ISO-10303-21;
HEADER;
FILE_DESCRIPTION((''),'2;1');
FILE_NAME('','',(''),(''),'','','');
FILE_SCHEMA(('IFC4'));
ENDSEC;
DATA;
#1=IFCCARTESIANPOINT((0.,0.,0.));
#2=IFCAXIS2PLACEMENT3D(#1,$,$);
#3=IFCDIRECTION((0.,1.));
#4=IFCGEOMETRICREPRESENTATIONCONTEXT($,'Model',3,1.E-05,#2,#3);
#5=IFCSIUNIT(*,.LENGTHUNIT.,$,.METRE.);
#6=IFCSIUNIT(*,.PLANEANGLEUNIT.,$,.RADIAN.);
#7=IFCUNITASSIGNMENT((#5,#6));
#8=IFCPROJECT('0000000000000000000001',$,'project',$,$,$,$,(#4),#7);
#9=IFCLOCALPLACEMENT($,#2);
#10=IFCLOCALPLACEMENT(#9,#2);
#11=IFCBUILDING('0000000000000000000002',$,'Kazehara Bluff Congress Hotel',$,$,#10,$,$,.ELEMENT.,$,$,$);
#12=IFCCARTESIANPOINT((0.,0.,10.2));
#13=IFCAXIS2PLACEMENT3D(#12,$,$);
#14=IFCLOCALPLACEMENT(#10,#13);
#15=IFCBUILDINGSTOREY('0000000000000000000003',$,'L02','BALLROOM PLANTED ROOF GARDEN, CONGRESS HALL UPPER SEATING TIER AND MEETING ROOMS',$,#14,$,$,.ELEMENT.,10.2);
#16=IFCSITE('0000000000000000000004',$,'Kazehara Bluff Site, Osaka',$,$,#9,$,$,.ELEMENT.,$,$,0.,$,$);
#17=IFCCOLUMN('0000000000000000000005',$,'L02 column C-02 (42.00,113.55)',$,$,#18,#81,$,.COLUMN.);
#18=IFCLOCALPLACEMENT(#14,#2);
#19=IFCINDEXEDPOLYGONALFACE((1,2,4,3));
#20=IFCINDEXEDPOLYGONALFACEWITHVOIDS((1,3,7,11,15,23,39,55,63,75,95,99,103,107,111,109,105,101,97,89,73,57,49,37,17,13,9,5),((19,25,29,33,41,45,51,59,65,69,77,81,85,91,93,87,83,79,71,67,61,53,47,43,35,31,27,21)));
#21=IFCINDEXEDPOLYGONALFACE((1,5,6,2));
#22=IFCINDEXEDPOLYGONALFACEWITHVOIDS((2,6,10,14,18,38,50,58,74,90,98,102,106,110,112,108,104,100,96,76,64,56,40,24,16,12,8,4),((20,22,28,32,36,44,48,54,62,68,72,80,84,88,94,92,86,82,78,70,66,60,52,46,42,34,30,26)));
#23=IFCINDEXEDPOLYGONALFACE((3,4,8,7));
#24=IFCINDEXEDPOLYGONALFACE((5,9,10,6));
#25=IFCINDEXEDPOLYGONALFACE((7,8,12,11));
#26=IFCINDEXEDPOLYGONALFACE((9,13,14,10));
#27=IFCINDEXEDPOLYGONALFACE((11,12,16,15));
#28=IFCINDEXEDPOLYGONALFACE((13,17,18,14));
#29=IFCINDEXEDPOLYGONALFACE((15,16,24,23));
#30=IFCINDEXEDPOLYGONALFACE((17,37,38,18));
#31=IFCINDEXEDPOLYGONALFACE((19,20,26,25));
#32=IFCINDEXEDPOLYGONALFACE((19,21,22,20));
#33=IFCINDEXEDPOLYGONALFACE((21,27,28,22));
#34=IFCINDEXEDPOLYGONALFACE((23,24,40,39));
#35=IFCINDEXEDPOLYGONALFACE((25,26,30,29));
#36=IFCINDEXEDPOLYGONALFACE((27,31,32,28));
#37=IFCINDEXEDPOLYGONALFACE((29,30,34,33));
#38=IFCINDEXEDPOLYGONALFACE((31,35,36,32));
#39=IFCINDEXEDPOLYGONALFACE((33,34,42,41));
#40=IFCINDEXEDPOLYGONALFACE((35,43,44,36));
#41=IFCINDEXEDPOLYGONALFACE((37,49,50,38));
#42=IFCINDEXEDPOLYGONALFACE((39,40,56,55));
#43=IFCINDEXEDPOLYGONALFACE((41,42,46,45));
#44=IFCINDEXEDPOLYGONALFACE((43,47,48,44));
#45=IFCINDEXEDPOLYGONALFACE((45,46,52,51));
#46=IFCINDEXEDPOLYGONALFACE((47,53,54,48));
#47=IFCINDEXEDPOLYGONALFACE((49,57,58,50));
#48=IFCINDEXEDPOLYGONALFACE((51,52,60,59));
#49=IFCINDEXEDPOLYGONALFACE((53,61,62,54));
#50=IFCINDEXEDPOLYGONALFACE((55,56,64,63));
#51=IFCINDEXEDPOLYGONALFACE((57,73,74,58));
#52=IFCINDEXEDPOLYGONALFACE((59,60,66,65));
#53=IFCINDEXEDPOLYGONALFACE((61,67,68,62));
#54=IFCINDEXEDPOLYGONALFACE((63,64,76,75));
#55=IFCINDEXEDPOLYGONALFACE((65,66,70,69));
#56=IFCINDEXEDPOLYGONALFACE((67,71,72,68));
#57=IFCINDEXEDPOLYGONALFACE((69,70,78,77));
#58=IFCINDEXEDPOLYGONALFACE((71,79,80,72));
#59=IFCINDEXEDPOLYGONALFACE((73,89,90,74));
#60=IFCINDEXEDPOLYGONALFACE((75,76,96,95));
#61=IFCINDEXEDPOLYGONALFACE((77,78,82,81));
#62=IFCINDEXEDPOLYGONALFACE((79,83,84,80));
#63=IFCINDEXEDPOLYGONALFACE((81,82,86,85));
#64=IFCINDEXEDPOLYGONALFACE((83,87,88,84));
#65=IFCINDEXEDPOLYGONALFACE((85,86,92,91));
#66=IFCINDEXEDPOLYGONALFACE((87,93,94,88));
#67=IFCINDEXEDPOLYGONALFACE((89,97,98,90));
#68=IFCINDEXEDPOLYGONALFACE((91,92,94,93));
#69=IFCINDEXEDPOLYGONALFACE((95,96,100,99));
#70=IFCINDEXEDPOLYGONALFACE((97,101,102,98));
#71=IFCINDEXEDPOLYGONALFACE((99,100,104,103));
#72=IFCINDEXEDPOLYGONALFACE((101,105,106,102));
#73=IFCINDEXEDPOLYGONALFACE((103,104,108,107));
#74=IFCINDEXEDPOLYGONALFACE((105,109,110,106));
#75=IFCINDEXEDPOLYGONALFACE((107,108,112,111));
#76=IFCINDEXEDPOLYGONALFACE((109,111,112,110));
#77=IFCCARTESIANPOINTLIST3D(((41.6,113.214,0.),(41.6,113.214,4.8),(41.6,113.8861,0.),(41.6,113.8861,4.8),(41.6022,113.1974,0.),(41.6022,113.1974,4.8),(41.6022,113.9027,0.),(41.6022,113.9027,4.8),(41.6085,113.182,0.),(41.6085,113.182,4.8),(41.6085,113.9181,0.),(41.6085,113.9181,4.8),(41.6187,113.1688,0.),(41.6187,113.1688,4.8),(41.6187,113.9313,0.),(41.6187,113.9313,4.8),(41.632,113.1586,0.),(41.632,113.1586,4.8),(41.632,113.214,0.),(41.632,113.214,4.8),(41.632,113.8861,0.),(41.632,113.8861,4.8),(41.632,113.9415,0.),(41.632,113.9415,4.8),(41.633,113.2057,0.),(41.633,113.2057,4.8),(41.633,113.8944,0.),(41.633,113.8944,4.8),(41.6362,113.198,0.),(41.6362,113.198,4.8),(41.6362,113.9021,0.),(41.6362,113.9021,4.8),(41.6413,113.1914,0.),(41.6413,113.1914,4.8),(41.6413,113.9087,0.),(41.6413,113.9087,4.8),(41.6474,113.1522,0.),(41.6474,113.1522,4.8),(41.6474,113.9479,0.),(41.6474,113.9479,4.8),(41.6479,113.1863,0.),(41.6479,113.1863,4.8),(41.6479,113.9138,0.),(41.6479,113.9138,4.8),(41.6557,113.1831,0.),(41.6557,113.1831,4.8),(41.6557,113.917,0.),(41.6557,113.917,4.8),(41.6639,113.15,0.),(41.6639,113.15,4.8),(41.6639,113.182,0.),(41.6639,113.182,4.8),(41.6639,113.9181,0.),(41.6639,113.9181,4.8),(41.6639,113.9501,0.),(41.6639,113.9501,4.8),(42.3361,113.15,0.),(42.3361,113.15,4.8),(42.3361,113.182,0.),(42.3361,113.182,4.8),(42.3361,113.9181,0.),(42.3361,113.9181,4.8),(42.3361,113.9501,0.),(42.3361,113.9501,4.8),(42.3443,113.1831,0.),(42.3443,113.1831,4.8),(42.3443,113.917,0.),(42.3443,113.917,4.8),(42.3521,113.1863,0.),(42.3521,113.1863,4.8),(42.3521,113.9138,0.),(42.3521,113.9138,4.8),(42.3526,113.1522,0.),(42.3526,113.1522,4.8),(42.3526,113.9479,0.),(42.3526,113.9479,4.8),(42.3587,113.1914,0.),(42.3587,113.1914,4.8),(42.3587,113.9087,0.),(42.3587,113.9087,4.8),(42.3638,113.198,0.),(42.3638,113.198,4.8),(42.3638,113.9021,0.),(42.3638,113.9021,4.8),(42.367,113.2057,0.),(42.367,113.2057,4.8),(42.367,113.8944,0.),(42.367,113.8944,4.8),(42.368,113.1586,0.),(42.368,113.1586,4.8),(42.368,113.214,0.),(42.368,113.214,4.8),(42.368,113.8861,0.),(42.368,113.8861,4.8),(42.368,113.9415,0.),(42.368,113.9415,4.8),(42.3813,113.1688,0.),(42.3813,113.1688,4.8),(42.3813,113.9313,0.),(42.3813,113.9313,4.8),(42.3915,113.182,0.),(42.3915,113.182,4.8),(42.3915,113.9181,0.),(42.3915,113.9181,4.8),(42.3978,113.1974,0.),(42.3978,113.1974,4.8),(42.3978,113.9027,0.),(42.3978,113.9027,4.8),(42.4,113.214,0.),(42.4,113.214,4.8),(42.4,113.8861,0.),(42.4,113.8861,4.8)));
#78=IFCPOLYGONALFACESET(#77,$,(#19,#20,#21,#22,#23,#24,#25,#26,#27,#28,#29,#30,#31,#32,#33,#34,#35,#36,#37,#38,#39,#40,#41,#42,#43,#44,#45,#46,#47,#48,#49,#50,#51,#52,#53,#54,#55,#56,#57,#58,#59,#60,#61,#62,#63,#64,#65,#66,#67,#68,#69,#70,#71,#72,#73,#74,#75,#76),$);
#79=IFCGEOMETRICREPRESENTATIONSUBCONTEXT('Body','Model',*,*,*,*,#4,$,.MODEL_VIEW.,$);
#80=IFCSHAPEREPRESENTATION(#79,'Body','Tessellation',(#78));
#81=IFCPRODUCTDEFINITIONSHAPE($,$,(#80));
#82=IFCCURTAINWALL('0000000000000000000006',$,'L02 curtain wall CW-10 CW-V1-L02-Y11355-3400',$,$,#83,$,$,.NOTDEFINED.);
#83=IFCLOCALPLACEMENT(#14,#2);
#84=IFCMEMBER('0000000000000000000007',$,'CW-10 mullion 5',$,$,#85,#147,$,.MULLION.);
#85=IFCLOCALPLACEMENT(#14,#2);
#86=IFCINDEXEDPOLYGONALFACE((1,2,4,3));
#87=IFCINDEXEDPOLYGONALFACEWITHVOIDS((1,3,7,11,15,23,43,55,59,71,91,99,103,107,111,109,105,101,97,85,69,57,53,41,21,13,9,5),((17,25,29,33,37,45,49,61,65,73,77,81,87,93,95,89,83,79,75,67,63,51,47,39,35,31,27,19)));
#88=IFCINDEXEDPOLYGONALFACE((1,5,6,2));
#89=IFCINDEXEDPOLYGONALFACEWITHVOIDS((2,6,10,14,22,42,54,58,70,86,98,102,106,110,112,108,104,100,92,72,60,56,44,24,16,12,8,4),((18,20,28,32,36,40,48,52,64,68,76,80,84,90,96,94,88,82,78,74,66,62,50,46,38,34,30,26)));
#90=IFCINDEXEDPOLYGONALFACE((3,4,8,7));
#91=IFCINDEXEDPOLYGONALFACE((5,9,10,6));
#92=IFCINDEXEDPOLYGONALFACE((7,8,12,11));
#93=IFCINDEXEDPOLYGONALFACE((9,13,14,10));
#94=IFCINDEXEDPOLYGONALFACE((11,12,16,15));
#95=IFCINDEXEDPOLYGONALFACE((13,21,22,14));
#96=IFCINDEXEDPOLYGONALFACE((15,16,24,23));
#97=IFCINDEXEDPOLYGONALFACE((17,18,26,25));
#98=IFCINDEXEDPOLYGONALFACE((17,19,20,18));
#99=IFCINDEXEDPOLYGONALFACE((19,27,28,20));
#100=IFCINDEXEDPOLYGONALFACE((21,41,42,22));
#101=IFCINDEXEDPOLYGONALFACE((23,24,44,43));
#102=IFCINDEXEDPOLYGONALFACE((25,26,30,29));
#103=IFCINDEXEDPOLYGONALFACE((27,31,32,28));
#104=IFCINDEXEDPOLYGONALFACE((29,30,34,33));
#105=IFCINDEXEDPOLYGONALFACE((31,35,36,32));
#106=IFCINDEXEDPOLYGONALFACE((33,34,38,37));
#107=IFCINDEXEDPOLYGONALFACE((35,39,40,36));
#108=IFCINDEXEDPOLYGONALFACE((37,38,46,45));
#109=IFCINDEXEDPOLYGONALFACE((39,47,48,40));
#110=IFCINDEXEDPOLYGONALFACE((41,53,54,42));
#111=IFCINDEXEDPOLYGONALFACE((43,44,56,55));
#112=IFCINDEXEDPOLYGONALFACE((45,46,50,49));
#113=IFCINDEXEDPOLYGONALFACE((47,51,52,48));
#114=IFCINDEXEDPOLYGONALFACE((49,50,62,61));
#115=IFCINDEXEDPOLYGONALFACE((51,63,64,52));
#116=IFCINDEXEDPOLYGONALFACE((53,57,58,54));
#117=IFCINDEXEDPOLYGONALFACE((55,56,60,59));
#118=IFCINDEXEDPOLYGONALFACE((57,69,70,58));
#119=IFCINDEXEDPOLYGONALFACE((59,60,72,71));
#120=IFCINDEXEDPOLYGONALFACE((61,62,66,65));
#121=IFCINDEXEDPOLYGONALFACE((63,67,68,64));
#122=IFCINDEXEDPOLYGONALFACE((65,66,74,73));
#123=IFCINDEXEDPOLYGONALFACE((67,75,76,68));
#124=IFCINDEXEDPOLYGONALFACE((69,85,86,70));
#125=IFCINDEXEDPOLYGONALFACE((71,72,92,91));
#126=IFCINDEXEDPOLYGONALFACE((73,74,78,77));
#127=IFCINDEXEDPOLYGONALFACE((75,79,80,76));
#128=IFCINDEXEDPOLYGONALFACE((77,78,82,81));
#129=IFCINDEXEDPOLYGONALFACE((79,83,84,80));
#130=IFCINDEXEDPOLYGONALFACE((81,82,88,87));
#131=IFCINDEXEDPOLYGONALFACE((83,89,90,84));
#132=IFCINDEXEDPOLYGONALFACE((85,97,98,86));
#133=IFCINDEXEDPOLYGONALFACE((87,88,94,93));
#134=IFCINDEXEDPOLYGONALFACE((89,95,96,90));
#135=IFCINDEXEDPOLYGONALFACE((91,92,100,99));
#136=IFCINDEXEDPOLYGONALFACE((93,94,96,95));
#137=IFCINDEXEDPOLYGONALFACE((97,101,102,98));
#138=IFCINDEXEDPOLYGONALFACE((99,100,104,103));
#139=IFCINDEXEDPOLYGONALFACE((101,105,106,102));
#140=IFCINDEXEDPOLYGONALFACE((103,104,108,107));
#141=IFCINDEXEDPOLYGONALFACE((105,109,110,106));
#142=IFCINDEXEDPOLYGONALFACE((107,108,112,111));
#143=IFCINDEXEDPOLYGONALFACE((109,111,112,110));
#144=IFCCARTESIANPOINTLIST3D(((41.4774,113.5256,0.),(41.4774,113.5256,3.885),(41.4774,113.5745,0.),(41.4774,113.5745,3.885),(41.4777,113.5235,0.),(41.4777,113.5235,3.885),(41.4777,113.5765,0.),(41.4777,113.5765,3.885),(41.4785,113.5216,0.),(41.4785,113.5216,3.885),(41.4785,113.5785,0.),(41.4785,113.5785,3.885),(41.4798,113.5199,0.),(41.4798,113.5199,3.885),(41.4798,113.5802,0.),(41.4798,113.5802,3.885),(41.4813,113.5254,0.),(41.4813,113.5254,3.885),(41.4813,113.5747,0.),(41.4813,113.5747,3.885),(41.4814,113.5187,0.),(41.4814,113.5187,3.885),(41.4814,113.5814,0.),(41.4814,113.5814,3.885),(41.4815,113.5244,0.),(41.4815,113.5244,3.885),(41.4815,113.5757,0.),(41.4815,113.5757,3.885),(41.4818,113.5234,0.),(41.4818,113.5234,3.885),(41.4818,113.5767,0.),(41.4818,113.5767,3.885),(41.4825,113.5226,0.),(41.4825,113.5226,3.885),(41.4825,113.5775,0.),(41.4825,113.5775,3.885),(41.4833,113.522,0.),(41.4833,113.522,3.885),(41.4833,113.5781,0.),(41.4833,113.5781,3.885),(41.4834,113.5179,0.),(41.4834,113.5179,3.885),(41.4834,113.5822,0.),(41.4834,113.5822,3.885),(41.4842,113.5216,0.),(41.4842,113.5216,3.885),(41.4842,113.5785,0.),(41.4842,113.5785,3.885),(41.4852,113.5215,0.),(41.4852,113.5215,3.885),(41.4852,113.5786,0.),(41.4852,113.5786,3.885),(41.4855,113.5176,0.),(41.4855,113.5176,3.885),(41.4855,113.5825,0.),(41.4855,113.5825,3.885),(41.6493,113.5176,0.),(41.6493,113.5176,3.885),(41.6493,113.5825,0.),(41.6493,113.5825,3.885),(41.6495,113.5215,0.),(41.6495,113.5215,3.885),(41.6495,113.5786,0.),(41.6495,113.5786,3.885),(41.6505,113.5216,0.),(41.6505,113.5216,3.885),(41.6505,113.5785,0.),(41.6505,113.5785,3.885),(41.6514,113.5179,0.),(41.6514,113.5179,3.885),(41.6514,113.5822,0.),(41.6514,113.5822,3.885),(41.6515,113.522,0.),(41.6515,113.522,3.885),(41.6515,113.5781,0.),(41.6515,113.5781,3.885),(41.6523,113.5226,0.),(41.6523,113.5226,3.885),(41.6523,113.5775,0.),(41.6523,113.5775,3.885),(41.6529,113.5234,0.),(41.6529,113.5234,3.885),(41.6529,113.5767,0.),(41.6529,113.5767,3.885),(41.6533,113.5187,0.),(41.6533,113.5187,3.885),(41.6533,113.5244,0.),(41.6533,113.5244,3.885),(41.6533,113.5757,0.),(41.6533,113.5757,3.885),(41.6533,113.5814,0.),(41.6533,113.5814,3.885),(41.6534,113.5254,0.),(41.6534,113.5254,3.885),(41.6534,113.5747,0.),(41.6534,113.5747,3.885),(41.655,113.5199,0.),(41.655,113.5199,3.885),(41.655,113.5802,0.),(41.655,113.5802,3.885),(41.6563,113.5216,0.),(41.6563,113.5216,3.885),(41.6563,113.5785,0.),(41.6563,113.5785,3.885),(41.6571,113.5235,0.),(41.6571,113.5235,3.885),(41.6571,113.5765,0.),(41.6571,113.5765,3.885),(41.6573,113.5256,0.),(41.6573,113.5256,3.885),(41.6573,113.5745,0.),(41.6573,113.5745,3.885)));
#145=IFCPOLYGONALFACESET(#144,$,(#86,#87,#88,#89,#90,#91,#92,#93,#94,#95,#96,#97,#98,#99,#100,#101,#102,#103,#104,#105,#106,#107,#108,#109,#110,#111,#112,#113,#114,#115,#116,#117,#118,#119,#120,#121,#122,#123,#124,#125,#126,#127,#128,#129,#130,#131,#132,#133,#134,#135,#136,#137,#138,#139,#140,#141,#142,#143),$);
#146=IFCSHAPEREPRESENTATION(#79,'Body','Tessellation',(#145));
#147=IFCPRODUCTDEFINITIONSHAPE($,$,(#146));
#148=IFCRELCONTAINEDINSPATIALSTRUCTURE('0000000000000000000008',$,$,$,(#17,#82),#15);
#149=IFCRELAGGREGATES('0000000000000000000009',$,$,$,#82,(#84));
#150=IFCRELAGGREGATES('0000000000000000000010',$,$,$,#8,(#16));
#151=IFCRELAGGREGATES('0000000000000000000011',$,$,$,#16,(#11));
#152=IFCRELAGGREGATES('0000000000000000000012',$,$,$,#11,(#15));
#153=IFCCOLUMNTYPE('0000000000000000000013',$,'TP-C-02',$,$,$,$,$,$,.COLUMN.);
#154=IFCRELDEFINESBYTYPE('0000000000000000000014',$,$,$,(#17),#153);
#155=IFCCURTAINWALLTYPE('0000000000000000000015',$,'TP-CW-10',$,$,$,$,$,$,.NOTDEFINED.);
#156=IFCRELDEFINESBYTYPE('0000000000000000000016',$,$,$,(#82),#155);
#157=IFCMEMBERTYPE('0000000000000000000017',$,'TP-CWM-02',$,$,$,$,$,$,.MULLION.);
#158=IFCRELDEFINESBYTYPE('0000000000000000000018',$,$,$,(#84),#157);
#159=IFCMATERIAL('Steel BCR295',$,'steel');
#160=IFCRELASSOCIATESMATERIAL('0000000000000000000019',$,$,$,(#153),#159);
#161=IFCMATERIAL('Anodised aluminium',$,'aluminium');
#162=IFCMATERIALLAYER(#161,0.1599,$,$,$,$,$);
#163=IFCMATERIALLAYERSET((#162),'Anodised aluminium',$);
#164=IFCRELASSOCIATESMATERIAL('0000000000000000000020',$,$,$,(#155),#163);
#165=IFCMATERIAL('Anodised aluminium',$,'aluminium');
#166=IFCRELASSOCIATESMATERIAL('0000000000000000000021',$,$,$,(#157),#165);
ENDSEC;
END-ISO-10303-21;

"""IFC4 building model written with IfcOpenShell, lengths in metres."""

from ifc_helpers import new_model, si_unit, direction, frame, origin, origin_2d, place, context, subcontext, project, spatial, hollow_rectangle, extrude, material, layer, layer_set, material_profile, profile_set, type_object, element, aggregate, save


model = new_model("IFC4")

# Units and contexts
model_context = context("Model", 3, precision=1e-05, world=origin(), true_north=direction((0.0, 1.0)))
body_context = subcontext(model_context, "Body", "Model", "MODEL_VIEW")
ifc_project = project(units=[si_unit("LENGTHUNIT", "METRE"), si_unit("PLANEANGLEUNIT", "RADIAN")], contexts=[model_context])

# Site, building, storey
site_placement = place(None, origin())
site = spatial("IfcSite", under=ifc_project, at=site_placement, Name="Kazehara Bluff Site, Osaka", CompositionType="ELEMENT", RefElevation=0.0)
building_placement = place(site_placement, origin())
building = spatial("IfcBuilding", under=site, at=building_placement, Name="Kazehara Bluff Congress Hotel", CompositionType="ELEMENT")
storey_placement = place(building_placement, frame((0.0, 0.0, 10.2)))
storey = spatial("IfcBuildingStorey", under=building, at=storey_placement, Name="L02", Description="BALLROOM PLANTED ROOF GARDEN, CONGRESS HALL UPPER SEATING TIER AND MEETING ROOMS", CompositionType="ELEMENT", Elevation=10.2)

# Column
ifc_material_1 = material(Name="Steel BCR295", Category="steel")
ifc_material_profile_1 = material_profile(ifc_material_1, hollow_rectangle(XDim=0.8, YDim=0.8, WallThickness=0.032, InnerFilletRadius=0.032, OuterFilletRadius=0.064, at=origin_2d()))
ifc_profile_set_1 = profile_set([ifc_material_profile_1], Name="Steel BCR295")
column_type = type_object("IfcColumnType", Name="TP-C-02", PredefinedType="COLUMN", material=ifc_profile_set_1)
column_placement = place(storey_placement, frame((42.0, 113.55, 0.0), z_axis=(0.0, 0.0, 1.0), x_axis=(1.0, 0.0, 0.0)))
element("IfcColumn", 1, at=column_placement, inside=storey, type_object=column_type, Name="L02 column C-02 (42.00,113.55)", PredefinedType="COLUMN", context=body_context, shape_type="SweptSolid", body=[
    extrude(hollow_rectangle(XDim=0.8, YDim=0.8, WallThickness=0.032, InnerFilletRadius=0.032, OuterFilletRadius=0.064, at=origin_2d()), origin(), (0.0, 0.0, 1.0), 4.8),
])

# Curtain wall, member
ifc_material_2 = material(Name="Anodised aluminium", Category="aluminium")
ifc_layer_1 = layer(ifc_material_2, 0.1599)
ifc_layer_set_1 = layer_set([ifc_layer_1], Name="Anodised aluminium")
curtain_wall_type_1 = type_object("IfcCurtainWallType", Name="TP-CW-10", PredefinedType="NOTDEFINED", material=ifc_layer_set_1)
curtain_wall_1_placement = place(storey_placement, origin())
curtain_wall_1 = element("IfcCurtainWall", 2, at=curtain_wall_1_placement, inside=storey, type_object=curtain_wall_type_1, Name="L02 curtain wall CW-10 CW-V1-L02-Y11355-3400", PredefinedType="NOTDEFINED")
ifc_material_3 = material(Name="Anodised aluminium", Category="aluminium")
ifc_material_profile_2 = material_profile(ifc_material_3, hollow_rectangle(XDim=0.0649, YDim=0.1799, WallThickness=0.0039, InnerFilletRadius=0.0039, OuterFilletRadius=0.0081, at=origin_2d()))
ifc_profile_set_2 = profile_set([ifc_material_profile_2], Name="Anodised aluminium")
member_type_1 = type_object("IfcMemberType", Name="TP-CWM-02", PredefinedType="MULLION", material=ifc_profile_set_2)
member_1_placement = place(storey_placement, frame((41.5674, 113.55, 0.0), z_axis=(0.0, 0.0, 1.0), x_axis=(0.0, 1.0, 0.0)))
member_1 = element("IfcMember", 3, at=member_1_placement, type_object=member_type_1, Name="CW-10 mullion 5", PredefinedType="MULLION", context=body_context, shape_type="SweptSolid", body=[
    extrude(hollow_rectangle(XDim=0.0649, YDim=0.1799, WallThickness=0.0039, InnerFilletRadius=0.0039, OuterFilletRadius=0.0081, at=origin_2d()), origin(), (0.0, 0.0, 1.0), 3.885),
])

aggregate(curtain_wall_1, [member_1])

save(model, "model.ifc")
